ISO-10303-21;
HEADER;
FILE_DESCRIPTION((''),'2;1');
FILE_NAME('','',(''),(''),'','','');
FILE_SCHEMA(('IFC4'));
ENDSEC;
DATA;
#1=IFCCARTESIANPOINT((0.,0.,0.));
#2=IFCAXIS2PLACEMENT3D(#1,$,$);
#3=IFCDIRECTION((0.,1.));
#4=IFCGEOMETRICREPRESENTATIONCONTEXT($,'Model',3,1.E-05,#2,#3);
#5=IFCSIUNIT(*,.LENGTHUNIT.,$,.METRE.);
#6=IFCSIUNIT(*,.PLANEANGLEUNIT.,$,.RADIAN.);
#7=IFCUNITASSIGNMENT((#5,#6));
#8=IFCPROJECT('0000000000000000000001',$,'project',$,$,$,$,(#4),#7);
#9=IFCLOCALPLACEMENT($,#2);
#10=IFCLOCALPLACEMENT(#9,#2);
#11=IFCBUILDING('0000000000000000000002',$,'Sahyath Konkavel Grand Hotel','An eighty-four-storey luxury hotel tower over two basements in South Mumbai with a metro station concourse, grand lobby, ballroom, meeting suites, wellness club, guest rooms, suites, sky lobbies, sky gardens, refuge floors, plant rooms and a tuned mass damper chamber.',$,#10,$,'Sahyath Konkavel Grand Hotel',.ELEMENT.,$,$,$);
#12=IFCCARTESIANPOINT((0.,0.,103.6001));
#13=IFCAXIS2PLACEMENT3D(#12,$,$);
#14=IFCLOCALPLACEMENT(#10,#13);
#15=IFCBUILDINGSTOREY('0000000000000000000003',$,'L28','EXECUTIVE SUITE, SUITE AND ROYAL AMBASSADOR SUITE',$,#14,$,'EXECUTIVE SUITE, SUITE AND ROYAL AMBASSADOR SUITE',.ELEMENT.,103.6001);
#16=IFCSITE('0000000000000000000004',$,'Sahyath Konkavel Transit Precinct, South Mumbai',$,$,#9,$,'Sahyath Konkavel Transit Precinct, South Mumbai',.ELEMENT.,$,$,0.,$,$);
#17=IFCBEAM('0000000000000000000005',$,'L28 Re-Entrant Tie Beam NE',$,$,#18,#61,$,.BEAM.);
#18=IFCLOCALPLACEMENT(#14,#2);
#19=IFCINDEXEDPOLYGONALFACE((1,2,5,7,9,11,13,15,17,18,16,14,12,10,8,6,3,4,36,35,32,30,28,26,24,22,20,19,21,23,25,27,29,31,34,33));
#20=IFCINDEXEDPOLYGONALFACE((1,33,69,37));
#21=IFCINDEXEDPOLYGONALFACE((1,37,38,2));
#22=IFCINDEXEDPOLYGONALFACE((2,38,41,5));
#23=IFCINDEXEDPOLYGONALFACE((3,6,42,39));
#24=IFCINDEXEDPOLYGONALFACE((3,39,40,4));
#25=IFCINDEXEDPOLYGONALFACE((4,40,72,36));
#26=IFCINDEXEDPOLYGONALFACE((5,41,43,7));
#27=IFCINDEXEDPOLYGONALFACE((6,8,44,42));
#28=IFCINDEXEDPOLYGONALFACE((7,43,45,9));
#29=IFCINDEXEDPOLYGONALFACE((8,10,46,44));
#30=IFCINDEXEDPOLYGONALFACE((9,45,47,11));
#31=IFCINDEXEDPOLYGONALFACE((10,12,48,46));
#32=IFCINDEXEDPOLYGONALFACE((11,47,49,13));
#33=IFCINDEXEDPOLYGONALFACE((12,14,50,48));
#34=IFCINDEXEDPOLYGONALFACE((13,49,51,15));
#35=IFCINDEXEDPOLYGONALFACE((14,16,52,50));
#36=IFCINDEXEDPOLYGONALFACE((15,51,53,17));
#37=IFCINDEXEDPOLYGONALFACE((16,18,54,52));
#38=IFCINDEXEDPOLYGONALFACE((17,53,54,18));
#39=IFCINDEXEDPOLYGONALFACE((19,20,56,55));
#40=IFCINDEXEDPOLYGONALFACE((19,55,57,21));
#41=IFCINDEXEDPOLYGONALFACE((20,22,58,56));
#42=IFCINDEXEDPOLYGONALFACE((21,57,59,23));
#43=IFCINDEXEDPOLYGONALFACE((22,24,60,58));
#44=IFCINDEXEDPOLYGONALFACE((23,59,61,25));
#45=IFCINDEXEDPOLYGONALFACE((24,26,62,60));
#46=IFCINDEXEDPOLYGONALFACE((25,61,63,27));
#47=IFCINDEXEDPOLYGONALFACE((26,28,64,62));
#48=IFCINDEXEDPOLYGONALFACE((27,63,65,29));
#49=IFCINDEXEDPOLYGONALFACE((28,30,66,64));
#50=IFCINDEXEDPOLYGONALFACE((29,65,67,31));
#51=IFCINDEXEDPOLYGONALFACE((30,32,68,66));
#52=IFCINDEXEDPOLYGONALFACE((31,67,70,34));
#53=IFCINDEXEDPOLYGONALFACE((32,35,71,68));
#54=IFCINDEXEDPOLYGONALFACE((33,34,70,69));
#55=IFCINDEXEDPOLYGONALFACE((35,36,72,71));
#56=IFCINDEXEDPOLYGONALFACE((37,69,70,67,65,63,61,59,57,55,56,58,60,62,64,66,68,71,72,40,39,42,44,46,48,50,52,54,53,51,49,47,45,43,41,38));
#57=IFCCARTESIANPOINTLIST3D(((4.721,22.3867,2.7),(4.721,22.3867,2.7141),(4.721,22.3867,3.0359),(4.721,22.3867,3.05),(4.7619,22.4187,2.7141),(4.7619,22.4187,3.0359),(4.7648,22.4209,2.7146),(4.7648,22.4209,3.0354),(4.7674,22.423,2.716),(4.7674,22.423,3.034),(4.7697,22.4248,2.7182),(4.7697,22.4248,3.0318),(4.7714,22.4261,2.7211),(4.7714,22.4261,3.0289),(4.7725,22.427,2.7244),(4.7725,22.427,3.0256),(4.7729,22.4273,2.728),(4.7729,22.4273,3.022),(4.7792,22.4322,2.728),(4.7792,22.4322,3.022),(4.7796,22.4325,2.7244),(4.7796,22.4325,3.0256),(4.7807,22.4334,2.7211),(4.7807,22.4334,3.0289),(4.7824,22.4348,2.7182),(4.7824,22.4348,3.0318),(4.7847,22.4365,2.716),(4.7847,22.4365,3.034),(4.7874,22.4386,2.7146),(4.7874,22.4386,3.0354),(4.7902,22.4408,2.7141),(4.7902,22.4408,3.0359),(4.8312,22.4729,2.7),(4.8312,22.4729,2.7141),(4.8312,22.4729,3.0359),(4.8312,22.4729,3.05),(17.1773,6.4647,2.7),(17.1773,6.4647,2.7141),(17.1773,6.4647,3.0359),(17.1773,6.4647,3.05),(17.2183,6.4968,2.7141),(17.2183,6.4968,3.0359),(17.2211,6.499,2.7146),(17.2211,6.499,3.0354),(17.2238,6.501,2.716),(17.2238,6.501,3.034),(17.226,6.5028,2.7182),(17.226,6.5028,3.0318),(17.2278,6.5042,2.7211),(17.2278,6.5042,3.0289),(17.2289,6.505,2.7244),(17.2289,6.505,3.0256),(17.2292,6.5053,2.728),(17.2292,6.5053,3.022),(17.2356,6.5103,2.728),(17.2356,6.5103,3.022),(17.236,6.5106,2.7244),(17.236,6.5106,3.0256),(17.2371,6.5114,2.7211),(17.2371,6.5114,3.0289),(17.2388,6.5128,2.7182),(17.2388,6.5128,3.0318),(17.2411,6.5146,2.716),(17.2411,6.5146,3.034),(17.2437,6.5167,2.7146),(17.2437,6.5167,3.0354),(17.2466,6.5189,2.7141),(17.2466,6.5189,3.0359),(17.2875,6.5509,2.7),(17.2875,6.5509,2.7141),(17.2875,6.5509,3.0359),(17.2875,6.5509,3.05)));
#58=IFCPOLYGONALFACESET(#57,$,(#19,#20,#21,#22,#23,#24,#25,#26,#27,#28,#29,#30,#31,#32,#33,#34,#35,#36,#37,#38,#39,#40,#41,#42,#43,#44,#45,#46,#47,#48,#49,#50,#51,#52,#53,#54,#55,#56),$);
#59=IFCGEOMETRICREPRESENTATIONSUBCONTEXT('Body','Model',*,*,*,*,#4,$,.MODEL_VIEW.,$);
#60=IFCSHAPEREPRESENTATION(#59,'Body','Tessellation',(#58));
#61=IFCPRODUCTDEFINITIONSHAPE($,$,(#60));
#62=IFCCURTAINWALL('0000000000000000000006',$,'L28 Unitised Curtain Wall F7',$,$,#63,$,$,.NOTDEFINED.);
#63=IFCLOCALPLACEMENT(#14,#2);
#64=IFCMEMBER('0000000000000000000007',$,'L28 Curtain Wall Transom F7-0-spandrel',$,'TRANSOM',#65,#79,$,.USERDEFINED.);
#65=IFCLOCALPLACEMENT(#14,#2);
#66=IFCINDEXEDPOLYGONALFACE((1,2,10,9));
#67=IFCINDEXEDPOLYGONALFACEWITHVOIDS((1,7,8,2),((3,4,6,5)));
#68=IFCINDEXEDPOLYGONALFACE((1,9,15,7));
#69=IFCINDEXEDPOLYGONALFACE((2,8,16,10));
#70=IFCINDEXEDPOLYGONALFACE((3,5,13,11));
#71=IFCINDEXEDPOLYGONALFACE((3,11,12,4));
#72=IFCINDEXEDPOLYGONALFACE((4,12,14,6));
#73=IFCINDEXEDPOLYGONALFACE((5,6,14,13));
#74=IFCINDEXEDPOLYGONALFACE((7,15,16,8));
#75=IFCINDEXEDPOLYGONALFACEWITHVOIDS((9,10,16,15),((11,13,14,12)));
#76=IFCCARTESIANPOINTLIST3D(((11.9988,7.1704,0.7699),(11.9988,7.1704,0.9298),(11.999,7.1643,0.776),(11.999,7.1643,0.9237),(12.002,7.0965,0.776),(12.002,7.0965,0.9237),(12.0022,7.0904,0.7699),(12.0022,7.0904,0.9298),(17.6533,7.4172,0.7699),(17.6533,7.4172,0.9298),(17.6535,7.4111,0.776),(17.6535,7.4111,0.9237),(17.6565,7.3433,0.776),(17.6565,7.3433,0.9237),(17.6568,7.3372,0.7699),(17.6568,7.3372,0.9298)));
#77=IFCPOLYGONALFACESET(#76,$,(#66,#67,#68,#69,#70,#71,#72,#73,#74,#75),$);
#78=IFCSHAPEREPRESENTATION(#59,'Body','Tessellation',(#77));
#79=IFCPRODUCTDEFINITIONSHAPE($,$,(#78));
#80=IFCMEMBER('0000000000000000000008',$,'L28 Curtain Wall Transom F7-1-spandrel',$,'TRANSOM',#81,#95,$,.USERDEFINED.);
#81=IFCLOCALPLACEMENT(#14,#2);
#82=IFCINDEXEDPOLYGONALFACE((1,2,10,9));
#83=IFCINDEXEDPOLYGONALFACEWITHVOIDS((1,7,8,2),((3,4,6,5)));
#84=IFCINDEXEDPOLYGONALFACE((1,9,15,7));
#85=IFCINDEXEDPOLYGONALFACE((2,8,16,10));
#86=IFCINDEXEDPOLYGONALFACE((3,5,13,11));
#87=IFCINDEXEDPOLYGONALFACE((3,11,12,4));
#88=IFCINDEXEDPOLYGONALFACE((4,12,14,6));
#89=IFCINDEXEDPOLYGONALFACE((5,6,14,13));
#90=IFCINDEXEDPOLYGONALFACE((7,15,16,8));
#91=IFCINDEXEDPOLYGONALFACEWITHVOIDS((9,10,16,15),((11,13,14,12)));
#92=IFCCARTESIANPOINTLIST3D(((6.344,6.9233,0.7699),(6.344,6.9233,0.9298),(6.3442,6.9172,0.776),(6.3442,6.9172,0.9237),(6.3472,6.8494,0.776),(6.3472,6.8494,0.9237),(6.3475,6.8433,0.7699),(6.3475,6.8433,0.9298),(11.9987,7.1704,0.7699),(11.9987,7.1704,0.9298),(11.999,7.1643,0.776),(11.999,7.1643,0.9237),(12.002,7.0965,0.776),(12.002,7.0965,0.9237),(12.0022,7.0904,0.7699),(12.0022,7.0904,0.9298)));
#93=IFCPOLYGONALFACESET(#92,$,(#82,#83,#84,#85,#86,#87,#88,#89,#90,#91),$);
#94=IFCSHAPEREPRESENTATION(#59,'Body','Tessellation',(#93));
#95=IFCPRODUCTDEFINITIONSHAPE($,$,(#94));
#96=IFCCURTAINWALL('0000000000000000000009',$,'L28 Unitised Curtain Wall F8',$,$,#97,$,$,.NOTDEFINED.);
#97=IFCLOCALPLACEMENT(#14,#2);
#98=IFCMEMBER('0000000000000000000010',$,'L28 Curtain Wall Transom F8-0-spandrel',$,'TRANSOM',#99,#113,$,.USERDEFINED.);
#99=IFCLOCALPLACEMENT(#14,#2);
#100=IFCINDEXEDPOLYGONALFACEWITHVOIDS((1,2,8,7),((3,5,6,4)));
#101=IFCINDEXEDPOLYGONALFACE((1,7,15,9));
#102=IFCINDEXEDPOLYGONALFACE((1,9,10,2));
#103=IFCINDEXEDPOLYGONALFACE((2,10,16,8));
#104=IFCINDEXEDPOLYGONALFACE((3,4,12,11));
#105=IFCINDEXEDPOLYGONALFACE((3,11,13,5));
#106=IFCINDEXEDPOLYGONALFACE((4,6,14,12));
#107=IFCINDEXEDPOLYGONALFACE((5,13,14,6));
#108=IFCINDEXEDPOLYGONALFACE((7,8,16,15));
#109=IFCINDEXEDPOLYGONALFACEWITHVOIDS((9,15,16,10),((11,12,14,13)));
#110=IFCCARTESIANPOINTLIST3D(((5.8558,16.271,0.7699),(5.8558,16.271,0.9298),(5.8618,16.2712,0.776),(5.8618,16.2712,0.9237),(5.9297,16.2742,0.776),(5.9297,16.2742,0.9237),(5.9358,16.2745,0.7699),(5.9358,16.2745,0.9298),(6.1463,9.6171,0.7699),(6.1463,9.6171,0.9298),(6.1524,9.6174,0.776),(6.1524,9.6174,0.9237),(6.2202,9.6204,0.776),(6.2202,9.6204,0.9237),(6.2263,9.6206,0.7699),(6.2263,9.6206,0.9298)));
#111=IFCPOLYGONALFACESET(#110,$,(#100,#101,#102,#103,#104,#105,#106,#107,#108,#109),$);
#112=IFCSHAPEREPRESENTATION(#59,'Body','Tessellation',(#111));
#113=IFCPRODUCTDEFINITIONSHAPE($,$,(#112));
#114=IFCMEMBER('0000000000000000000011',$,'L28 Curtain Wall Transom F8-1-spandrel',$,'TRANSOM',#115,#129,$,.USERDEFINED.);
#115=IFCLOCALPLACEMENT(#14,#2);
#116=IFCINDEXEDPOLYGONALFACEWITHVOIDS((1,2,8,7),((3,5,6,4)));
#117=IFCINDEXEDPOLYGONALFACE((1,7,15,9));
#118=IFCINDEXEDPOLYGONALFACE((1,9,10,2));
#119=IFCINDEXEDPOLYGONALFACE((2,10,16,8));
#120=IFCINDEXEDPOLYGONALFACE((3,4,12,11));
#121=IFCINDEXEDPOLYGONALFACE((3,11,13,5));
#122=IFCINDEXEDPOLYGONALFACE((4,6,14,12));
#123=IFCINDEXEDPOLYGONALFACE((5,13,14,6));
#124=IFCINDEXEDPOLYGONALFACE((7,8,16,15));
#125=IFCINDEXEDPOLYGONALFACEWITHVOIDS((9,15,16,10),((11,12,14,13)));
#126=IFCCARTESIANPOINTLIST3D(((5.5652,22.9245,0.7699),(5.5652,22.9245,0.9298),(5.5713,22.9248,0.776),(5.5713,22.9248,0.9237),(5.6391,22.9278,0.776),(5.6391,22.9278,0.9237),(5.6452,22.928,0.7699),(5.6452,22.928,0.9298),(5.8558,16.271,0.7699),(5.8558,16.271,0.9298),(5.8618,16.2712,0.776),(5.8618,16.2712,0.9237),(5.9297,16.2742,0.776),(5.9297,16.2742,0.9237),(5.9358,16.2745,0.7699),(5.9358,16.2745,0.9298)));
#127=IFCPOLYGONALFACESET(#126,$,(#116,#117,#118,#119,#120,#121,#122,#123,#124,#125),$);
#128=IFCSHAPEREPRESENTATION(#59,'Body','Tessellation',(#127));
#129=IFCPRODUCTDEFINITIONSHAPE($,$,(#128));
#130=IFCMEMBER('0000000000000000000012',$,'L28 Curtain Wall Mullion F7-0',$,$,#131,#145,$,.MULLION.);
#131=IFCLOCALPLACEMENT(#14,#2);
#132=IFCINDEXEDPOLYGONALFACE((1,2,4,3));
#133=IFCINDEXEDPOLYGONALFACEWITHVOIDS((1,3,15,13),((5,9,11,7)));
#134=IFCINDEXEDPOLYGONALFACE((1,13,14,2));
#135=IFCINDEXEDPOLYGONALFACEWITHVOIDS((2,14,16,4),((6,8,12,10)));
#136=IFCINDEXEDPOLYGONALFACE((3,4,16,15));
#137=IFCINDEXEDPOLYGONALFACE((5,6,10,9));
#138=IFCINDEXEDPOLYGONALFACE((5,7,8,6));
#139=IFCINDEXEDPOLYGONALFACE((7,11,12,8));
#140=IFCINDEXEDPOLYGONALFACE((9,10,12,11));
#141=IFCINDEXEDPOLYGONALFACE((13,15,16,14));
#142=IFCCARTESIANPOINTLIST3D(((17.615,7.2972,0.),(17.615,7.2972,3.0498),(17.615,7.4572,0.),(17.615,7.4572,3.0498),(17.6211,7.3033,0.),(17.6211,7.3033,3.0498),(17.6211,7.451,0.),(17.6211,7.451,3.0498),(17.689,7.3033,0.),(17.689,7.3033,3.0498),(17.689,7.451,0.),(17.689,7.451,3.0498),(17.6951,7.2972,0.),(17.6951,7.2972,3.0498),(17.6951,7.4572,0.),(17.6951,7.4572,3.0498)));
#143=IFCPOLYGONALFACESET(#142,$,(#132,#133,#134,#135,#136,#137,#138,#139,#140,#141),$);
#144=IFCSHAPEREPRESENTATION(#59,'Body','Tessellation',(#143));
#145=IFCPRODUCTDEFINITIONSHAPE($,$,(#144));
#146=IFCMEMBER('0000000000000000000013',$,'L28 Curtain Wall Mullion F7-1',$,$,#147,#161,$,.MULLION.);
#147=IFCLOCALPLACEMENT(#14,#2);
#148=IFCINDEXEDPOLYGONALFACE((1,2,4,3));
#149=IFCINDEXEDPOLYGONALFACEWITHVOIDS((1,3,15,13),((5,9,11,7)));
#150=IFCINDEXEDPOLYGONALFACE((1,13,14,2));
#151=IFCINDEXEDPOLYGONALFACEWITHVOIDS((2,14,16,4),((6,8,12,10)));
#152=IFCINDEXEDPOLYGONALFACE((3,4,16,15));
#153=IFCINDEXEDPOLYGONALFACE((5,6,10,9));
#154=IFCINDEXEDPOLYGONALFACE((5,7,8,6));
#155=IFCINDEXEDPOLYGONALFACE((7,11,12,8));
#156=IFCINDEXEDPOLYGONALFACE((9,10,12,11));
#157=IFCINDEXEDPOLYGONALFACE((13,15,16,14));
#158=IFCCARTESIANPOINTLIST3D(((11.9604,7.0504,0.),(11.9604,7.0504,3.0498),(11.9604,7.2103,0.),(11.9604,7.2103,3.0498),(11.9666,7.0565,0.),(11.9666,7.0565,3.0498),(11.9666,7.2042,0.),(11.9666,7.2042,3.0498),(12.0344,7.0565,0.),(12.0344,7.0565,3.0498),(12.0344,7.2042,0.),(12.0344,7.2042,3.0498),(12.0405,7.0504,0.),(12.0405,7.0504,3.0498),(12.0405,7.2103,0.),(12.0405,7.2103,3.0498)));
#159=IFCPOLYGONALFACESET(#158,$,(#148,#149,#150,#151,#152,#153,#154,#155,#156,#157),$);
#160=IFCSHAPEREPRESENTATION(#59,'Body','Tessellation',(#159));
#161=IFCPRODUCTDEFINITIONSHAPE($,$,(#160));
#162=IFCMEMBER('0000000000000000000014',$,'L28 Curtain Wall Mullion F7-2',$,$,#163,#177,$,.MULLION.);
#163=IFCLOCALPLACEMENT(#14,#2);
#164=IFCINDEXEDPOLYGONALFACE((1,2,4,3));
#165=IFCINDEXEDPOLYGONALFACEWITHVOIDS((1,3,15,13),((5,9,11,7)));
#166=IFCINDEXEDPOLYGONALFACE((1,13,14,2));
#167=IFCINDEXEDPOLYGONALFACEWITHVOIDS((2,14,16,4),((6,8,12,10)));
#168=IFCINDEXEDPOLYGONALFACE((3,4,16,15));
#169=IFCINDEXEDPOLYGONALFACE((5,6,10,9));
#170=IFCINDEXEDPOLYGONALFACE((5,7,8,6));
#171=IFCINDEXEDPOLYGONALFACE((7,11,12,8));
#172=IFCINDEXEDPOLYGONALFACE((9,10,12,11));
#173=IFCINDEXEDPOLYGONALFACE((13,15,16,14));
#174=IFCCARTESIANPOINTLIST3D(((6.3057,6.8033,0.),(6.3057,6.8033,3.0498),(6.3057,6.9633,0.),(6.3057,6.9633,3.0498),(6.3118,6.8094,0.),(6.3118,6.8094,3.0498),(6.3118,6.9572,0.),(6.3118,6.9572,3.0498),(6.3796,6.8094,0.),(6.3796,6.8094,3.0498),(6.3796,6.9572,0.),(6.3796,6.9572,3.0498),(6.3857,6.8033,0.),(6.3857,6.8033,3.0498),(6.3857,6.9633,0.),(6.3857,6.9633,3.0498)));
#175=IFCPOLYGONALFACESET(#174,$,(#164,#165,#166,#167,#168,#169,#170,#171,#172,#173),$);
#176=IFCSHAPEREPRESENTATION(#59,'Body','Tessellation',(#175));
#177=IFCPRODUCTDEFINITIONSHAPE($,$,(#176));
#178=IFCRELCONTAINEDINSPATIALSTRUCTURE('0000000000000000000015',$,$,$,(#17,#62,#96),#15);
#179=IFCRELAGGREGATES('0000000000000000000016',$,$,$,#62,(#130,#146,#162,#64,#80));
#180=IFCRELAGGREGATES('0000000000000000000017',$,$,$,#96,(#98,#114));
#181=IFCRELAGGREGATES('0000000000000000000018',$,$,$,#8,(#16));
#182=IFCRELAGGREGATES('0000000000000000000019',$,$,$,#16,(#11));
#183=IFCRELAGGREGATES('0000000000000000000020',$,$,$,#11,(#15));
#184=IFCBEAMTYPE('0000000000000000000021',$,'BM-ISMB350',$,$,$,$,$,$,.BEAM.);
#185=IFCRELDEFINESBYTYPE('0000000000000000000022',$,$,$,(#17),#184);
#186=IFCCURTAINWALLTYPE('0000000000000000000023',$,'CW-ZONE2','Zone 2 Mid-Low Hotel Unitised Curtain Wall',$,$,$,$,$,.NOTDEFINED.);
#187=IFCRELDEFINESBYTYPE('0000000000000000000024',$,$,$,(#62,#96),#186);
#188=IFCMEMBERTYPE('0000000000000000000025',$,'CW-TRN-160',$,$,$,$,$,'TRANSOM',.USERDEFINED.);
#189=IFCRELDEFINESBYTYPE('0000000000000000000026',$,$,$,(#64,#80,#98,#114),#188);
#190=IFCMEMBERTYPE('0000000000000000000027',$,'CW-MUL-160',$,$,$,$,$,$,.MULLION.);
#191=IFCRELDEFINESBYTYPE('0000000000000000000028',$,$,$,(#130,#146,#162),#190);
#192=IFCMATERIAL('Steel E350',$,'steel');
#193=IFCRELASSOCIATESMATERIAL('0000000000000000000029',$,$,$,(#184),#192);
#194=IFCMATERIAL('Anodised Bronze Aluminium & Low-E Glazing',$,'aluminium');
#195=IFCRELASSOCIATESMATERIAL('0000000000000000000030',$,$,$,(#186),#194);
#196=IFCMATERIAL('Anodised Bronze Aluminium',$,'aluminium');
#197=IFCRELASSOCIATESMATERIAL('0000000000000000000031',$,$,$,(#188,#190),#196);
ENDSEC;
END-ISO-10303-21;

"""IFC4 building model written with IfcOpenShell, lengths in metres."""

from ifc_helpers import new_model, si_unit, direction, frame, origin, origin_2d, place, context, subcontext, project, spatial, hollow_rectangle, i_section, extrude, source, transform, mapped, material, material_profile, profile_set, type_object, element, aggregate, save


model = new_model("IFC4")

# Units and contexts
model_context = context("Model", 3, precision=1e-05, world=origin(), true_north=direction((0.0, 1.0)))
body_context = subcontext(model_context, "Body", "Model", "MODEL_VIEW")
ifc_project = project(units=[si_unit("LENGTHUNIT", "METRE"), si_unit("PLANEANGLEUNIT", "RADIAN")], contexts=[model_context])

# Site, building, storey
site_placement = place(None, origin())
site = spatial("IfcSite", under=ifc_project, at=site_placement, Name="Sahyath Konkavel Transit Precinct, South Mumbai", LongName="Sahyath Konkavel Transit Precinct, South Mumbai", CompositionType="ELEMENT", RefElevation=0.0)
building_placement = place(site_placement, origin())
building = spatial("IfcBuilding", under=site, at=building_placement, Name="Sahyath Konkavel Grand Hotel", Description="An eighty-four-storey luxury hotel tower over two basements in South Mumbai with a metro station concourse, grand lobby, ballroom, meeting suites, wellness club, guest rooms, suites, sky lobbies, sky gardens, refuge floors, plant rooms and a tuned mass damper chamber.", LongName="Sahyath Konkavel Grand Hotel", CompositionType="ELEMENT")
storey_placement = place(building_placement, frame((0.0, 0.0, 103.6001)))
storey = spatial("IfcBuildingStorey", under=building, at=storey_placement, Name="L28", Description="EXECUTIVE SUITE, SUITE AND ROYAL AMBASSADOR SUITE", LongName="EXECUTIVE SUITE, SUITE AND ROYAL AMBASSADOR SUITE", CompositionType="ELEMENT", Elevation=103.6001)

# Beam
ifc_material_1 = material(Name="Steel E350", Category="steel")
ifc_material_profile_1 = material_profile(ifc_material_1, i_section(OverallWidth=0.1399, OverallDepth=0.3501, WebThickness=0.0081, FlangeThickness=0.0142, FilletRadius=0.0139, at=origin_2d()), Name="ISMB 350")
ifc_profile_set_1 = profile_set([ifc_material_profile_1], Name="Steel E350")
beam_type = type_object("IfcBeamType", Name="BM-ISMB350", PredefinedType="BEAM", material=ifc_profile_set_1)
shared_shape_1 = source(origin(), body_context, "Body", "SweptSolid", [
    extrude(i_section(OverallWidth=0.1399, OverallDepth=0.3501, WebThickness=0.0081, FlangeThickness=0.0142, FilletRadius=0.0139, at=origin_2d()), origin(), (0.0, 0.0, 1.0), 20.2156),
])
beam_placement = place(storey_placement, frame((17.2324, 6.5078, 2.875), z_axis=(-0.616176, 0.787608, 0.0), x_axis=(-0.787608, -0.616176, 0.0)))
element("IfcBeam", 1, at=beam_placement, inside=storey, type_object=beam_type, Name="L28 Re-Entrant Tie Beam NE", PredefinedType="BEAM", context=body_context, shape_type="MappedRepresentation", body=[
    mapped(shared_shape_1, transform((0.0, 0.0, 0.0), scale=1.0)),
])

# Curtain walls, members
ifc_material_2 = material(Name="Anodised Bronze Aluminium & Low-E Glazing", Category="aluminium")
curtain_wall_type = type_object("IfcCurtainWallType", Name="CW-ZONE2", Description="Zone 2 Mid-Low Hotel Unitised Curtain Wall", PredefinedType="NOTDEFINED", material=ifc_material_2)
curtain_wall_1_placement = place(storey_placement, origin())
curtain_wall_1 = element("IfcCurtainWall", 2, at=curtain_wall_1_placement, inside=storey, type_object=curtain_wall_type, Name="L28 Unitised Curtain Wall F7", PredefinedType="NOTDEFINED")
ifc_material_3 = material(Name="Anodised Bronze Aluminium", Category="aluminium")
ifc_material_profile_2 = material_profile(ifc_material_3, hollow_rectangle(XDim=0.0801, YDim=0.1599, WallThickness=0.0061, at=origin_2d()), Name="RHS 160x80x6")
ifc_profile_set_2 = profile_set([ifc_material_profile_2], Name="Anodised Bronze Aluminium")
member_type_1 = type_object("IfcMemberType", Name="CW-TRN-160", ElementType="TRANSOM", PredefinedType="USERDEFINED", material=ifc_profile_set_2)
shared_shape_2 = source(origin(), body_context, "Body", "SweptSolid", [
    extrude(hollow_rectangle(XDim=0.0801, YDim=0.1599, WallThickness=0.0061, at=origin_2d()), origin(), (0.0, 0.0, 1.0), 5.6599),
])
member_1_placement = place(storey_placement, frame((17.655, 7.3772, 0.8499), z_axis=(-0.999049, -0.043609, 0.0), x_axis=(0.043609, -0.999049, 0.0)))
member_1 = element("IfcMember", 3, at=member_1_placement, type_object=member_type_1, Name="L28 Curtain Wall Transom F7-0-spandrel", ObjectType="TRANSOM", PredefinedType="USERDEFINED", context=body_context, shape_type="MappedRepresentation", body=[
    mapped(shared_shape_2, transform((0.0, 0.0, 0.0), scale=1.0)),
])
shared_shape_3 = source(origin(), body_context, "Body", "SweptSolid", [
    extrude(hollow_rectangle(XDim=0.0801, YDim=0.1599, WallThickness=0.0061, at=origin_2d()), origin(), (0.0, 0.0, 1.0), 5.6602),
])
member_2_placement = place(storey_placement, frame((12.0005, 7.1304, 0.8499), z_axis=(-0.999047, -0.043651, 0.0), x_axis=(0.043651, -0.999047, 0.0)))
member_2 = element("IfcMember", 4, at=member_2_placement, type_object=member_type_1, Name="L28 Curtain Wall Transom F7-1-spandrel", ObjectType="TRANSOM", PredefinedType="USERDEFINED", context=body_context, shape_type="MappedRepresentation", body=[
    mapped(shared_shape_3, transform((0.0, 0.0, 0.0), scale=1.0)),
])
curtain_wall_2_placement = place(storey_placement, origin())
curtain_wall_2 = element("IfcCurtainWall", 5, at=curtain_wall_2_placement, inside=storey, type_object=curtain_wall_type, Name="L28 Unitised Curtain Wall F8", PredefinedType="NOTDEFINED")
shared_shape_4 = source(origin(), body_context, "Body", "SweptSolid", [
    extrude(hollow_rectangle(XDim=0.0801, YDim=0.1599, WallThickness=0.0061, at=origin_2d()), origin(), (0.0, 0.0, 1.0), 6.6602),
])
member_3_placement = place(storey_placement, frame((6.1863, 9.6189, 0.8499), z_axis=(-0.043622, 0.999048, 0.0), x_axis=(-0.999048, -0.043622, 0.0)))
member_3 = element("IfcMember", 6, at=member_3_placement, type_object=member_type_1, Name="L28 Curtain Wall Transom F8-0-spandrel", ObjectType="TRANSOM", PredefinedType="USERDEFINED", context=body_context, shape_type="MappedRepresentation", body=[
    mapped(shared_shape_4, transform((0.0, 0.0, 0.0), scale=1.0)),
])
shared_shape_5 = source(origin(), body_context, "Body", "SweptSolid", [
    extrude(hollow_rectangle(XDim=0.0801, YDim=0.1599, WallThickness=0.0061, at=origin_2d()), origin(), (0.0, 0.0, 1.0), 6.6599),
])
member_4_placement = place(storey_placement, frame((5.8958, 16.2727, 0.8499), z_axis=(-0.043623, 0.999048, 0.0), x_axis=(-0.999048, -0.043623, 0.0)))
member_4 = element("IfcMember", 7, at=member_4_placement, type_object=member_type_1, Name="L28 Curtain Wall Transom F8-1-spandrel", ObjectType="TRANSOM", PredefinedType="USERDEFINED", context=body_context, shape_type="MappedRepresentation", body=[
    mapped(shared_shape_5, transform((0.0, 0.0, 0.0), scale=1.0)),
])

# Members
ifc_material_profile_3 = material_profile(ifc_material_3, hollow_rectangle(XDim=0.0801, YDim=0.1599, WallThickness=0.0061, at=origin_2d()), Name="RHS 160x80x6")
ifc_profile_set_3 = profile_set([ifc_material_profile_3], Name="Anodised Bronze Aluminium")
member_type_2 = type_object("IfcMemberType", Name="CW-MUL-160", PredefinedType="MULLION", material=ifc_profile_set_3)
shared_shape_6 = source(origin(), body_context, "Body", "SweptSolid", [
    extrude(hollow_rectangle(XDim=0.0801, YDim=0.1599, WallThickness=0.0061, at=origin_2d()), origin(), (0.0, 0.0, 1.0), 3.0498),
])
member_5_placement = place(storey_placement, frame((17.655, 7.3772, 0.0), z_axis=(0.0, 0.0, 1.0), x_axis=(1.0, 0.0, 0.0)))
member_5 = element("IfcMember", 8, at=member_5_placement, type_object=member_type_2, Name="L28 Curtain Wall Mullion F7-0", PredefinedType="MULLION", context=body_context, shape_type="MappedRepresentation", body=[
    mapped(shared_shape_6, transform((0.0, 0.0, 0.0), scale=1.0)),
])
member_6_placement = place(storey_placement, frame((12.0005, 7.1304, 0.0), z_axis=(0.0, 0.0, 1.0), x_axis=(1.0, 0.0, 0.0)))
member_6 = element("IfcMember", 9, at=member_6_placement, type_object=member_type_2, Name="L28 Curtain Wall Mullion F7-1", PredefinedType="MULLION", context=body_context, shape_type="MappedRepresentation", body=[
    mapped(shared_shape_6, transform((0.0, 0.0, 0.0), scale=1.0)),
])
member_7_placement = place(storey_placement, frame((6.3457, 6.8833, 0.0), z_axis=(0.0, 0.0, 1.0), x_axis=(1.0, 0.0, 0.0)))
member_7 = element("IfcMember", 10, at=member_7_placement, type_object=member_type_2, Name="L28 Curtain Wall Mullion F7-2", PredefinedType="MULLION", context=body_context, shape_type="MappedRepresentation", body=[
    mapped(shared_shape_6, transform((0.0, 0.0, 0.0), scale=1.0)),
])

aggregate(curtain_wall_1, [member_5, member_6, member_7, member_1, member_2])
aggregate(curtain_wall_2, [member_3, member_4])

save(model, "model.ifc")
